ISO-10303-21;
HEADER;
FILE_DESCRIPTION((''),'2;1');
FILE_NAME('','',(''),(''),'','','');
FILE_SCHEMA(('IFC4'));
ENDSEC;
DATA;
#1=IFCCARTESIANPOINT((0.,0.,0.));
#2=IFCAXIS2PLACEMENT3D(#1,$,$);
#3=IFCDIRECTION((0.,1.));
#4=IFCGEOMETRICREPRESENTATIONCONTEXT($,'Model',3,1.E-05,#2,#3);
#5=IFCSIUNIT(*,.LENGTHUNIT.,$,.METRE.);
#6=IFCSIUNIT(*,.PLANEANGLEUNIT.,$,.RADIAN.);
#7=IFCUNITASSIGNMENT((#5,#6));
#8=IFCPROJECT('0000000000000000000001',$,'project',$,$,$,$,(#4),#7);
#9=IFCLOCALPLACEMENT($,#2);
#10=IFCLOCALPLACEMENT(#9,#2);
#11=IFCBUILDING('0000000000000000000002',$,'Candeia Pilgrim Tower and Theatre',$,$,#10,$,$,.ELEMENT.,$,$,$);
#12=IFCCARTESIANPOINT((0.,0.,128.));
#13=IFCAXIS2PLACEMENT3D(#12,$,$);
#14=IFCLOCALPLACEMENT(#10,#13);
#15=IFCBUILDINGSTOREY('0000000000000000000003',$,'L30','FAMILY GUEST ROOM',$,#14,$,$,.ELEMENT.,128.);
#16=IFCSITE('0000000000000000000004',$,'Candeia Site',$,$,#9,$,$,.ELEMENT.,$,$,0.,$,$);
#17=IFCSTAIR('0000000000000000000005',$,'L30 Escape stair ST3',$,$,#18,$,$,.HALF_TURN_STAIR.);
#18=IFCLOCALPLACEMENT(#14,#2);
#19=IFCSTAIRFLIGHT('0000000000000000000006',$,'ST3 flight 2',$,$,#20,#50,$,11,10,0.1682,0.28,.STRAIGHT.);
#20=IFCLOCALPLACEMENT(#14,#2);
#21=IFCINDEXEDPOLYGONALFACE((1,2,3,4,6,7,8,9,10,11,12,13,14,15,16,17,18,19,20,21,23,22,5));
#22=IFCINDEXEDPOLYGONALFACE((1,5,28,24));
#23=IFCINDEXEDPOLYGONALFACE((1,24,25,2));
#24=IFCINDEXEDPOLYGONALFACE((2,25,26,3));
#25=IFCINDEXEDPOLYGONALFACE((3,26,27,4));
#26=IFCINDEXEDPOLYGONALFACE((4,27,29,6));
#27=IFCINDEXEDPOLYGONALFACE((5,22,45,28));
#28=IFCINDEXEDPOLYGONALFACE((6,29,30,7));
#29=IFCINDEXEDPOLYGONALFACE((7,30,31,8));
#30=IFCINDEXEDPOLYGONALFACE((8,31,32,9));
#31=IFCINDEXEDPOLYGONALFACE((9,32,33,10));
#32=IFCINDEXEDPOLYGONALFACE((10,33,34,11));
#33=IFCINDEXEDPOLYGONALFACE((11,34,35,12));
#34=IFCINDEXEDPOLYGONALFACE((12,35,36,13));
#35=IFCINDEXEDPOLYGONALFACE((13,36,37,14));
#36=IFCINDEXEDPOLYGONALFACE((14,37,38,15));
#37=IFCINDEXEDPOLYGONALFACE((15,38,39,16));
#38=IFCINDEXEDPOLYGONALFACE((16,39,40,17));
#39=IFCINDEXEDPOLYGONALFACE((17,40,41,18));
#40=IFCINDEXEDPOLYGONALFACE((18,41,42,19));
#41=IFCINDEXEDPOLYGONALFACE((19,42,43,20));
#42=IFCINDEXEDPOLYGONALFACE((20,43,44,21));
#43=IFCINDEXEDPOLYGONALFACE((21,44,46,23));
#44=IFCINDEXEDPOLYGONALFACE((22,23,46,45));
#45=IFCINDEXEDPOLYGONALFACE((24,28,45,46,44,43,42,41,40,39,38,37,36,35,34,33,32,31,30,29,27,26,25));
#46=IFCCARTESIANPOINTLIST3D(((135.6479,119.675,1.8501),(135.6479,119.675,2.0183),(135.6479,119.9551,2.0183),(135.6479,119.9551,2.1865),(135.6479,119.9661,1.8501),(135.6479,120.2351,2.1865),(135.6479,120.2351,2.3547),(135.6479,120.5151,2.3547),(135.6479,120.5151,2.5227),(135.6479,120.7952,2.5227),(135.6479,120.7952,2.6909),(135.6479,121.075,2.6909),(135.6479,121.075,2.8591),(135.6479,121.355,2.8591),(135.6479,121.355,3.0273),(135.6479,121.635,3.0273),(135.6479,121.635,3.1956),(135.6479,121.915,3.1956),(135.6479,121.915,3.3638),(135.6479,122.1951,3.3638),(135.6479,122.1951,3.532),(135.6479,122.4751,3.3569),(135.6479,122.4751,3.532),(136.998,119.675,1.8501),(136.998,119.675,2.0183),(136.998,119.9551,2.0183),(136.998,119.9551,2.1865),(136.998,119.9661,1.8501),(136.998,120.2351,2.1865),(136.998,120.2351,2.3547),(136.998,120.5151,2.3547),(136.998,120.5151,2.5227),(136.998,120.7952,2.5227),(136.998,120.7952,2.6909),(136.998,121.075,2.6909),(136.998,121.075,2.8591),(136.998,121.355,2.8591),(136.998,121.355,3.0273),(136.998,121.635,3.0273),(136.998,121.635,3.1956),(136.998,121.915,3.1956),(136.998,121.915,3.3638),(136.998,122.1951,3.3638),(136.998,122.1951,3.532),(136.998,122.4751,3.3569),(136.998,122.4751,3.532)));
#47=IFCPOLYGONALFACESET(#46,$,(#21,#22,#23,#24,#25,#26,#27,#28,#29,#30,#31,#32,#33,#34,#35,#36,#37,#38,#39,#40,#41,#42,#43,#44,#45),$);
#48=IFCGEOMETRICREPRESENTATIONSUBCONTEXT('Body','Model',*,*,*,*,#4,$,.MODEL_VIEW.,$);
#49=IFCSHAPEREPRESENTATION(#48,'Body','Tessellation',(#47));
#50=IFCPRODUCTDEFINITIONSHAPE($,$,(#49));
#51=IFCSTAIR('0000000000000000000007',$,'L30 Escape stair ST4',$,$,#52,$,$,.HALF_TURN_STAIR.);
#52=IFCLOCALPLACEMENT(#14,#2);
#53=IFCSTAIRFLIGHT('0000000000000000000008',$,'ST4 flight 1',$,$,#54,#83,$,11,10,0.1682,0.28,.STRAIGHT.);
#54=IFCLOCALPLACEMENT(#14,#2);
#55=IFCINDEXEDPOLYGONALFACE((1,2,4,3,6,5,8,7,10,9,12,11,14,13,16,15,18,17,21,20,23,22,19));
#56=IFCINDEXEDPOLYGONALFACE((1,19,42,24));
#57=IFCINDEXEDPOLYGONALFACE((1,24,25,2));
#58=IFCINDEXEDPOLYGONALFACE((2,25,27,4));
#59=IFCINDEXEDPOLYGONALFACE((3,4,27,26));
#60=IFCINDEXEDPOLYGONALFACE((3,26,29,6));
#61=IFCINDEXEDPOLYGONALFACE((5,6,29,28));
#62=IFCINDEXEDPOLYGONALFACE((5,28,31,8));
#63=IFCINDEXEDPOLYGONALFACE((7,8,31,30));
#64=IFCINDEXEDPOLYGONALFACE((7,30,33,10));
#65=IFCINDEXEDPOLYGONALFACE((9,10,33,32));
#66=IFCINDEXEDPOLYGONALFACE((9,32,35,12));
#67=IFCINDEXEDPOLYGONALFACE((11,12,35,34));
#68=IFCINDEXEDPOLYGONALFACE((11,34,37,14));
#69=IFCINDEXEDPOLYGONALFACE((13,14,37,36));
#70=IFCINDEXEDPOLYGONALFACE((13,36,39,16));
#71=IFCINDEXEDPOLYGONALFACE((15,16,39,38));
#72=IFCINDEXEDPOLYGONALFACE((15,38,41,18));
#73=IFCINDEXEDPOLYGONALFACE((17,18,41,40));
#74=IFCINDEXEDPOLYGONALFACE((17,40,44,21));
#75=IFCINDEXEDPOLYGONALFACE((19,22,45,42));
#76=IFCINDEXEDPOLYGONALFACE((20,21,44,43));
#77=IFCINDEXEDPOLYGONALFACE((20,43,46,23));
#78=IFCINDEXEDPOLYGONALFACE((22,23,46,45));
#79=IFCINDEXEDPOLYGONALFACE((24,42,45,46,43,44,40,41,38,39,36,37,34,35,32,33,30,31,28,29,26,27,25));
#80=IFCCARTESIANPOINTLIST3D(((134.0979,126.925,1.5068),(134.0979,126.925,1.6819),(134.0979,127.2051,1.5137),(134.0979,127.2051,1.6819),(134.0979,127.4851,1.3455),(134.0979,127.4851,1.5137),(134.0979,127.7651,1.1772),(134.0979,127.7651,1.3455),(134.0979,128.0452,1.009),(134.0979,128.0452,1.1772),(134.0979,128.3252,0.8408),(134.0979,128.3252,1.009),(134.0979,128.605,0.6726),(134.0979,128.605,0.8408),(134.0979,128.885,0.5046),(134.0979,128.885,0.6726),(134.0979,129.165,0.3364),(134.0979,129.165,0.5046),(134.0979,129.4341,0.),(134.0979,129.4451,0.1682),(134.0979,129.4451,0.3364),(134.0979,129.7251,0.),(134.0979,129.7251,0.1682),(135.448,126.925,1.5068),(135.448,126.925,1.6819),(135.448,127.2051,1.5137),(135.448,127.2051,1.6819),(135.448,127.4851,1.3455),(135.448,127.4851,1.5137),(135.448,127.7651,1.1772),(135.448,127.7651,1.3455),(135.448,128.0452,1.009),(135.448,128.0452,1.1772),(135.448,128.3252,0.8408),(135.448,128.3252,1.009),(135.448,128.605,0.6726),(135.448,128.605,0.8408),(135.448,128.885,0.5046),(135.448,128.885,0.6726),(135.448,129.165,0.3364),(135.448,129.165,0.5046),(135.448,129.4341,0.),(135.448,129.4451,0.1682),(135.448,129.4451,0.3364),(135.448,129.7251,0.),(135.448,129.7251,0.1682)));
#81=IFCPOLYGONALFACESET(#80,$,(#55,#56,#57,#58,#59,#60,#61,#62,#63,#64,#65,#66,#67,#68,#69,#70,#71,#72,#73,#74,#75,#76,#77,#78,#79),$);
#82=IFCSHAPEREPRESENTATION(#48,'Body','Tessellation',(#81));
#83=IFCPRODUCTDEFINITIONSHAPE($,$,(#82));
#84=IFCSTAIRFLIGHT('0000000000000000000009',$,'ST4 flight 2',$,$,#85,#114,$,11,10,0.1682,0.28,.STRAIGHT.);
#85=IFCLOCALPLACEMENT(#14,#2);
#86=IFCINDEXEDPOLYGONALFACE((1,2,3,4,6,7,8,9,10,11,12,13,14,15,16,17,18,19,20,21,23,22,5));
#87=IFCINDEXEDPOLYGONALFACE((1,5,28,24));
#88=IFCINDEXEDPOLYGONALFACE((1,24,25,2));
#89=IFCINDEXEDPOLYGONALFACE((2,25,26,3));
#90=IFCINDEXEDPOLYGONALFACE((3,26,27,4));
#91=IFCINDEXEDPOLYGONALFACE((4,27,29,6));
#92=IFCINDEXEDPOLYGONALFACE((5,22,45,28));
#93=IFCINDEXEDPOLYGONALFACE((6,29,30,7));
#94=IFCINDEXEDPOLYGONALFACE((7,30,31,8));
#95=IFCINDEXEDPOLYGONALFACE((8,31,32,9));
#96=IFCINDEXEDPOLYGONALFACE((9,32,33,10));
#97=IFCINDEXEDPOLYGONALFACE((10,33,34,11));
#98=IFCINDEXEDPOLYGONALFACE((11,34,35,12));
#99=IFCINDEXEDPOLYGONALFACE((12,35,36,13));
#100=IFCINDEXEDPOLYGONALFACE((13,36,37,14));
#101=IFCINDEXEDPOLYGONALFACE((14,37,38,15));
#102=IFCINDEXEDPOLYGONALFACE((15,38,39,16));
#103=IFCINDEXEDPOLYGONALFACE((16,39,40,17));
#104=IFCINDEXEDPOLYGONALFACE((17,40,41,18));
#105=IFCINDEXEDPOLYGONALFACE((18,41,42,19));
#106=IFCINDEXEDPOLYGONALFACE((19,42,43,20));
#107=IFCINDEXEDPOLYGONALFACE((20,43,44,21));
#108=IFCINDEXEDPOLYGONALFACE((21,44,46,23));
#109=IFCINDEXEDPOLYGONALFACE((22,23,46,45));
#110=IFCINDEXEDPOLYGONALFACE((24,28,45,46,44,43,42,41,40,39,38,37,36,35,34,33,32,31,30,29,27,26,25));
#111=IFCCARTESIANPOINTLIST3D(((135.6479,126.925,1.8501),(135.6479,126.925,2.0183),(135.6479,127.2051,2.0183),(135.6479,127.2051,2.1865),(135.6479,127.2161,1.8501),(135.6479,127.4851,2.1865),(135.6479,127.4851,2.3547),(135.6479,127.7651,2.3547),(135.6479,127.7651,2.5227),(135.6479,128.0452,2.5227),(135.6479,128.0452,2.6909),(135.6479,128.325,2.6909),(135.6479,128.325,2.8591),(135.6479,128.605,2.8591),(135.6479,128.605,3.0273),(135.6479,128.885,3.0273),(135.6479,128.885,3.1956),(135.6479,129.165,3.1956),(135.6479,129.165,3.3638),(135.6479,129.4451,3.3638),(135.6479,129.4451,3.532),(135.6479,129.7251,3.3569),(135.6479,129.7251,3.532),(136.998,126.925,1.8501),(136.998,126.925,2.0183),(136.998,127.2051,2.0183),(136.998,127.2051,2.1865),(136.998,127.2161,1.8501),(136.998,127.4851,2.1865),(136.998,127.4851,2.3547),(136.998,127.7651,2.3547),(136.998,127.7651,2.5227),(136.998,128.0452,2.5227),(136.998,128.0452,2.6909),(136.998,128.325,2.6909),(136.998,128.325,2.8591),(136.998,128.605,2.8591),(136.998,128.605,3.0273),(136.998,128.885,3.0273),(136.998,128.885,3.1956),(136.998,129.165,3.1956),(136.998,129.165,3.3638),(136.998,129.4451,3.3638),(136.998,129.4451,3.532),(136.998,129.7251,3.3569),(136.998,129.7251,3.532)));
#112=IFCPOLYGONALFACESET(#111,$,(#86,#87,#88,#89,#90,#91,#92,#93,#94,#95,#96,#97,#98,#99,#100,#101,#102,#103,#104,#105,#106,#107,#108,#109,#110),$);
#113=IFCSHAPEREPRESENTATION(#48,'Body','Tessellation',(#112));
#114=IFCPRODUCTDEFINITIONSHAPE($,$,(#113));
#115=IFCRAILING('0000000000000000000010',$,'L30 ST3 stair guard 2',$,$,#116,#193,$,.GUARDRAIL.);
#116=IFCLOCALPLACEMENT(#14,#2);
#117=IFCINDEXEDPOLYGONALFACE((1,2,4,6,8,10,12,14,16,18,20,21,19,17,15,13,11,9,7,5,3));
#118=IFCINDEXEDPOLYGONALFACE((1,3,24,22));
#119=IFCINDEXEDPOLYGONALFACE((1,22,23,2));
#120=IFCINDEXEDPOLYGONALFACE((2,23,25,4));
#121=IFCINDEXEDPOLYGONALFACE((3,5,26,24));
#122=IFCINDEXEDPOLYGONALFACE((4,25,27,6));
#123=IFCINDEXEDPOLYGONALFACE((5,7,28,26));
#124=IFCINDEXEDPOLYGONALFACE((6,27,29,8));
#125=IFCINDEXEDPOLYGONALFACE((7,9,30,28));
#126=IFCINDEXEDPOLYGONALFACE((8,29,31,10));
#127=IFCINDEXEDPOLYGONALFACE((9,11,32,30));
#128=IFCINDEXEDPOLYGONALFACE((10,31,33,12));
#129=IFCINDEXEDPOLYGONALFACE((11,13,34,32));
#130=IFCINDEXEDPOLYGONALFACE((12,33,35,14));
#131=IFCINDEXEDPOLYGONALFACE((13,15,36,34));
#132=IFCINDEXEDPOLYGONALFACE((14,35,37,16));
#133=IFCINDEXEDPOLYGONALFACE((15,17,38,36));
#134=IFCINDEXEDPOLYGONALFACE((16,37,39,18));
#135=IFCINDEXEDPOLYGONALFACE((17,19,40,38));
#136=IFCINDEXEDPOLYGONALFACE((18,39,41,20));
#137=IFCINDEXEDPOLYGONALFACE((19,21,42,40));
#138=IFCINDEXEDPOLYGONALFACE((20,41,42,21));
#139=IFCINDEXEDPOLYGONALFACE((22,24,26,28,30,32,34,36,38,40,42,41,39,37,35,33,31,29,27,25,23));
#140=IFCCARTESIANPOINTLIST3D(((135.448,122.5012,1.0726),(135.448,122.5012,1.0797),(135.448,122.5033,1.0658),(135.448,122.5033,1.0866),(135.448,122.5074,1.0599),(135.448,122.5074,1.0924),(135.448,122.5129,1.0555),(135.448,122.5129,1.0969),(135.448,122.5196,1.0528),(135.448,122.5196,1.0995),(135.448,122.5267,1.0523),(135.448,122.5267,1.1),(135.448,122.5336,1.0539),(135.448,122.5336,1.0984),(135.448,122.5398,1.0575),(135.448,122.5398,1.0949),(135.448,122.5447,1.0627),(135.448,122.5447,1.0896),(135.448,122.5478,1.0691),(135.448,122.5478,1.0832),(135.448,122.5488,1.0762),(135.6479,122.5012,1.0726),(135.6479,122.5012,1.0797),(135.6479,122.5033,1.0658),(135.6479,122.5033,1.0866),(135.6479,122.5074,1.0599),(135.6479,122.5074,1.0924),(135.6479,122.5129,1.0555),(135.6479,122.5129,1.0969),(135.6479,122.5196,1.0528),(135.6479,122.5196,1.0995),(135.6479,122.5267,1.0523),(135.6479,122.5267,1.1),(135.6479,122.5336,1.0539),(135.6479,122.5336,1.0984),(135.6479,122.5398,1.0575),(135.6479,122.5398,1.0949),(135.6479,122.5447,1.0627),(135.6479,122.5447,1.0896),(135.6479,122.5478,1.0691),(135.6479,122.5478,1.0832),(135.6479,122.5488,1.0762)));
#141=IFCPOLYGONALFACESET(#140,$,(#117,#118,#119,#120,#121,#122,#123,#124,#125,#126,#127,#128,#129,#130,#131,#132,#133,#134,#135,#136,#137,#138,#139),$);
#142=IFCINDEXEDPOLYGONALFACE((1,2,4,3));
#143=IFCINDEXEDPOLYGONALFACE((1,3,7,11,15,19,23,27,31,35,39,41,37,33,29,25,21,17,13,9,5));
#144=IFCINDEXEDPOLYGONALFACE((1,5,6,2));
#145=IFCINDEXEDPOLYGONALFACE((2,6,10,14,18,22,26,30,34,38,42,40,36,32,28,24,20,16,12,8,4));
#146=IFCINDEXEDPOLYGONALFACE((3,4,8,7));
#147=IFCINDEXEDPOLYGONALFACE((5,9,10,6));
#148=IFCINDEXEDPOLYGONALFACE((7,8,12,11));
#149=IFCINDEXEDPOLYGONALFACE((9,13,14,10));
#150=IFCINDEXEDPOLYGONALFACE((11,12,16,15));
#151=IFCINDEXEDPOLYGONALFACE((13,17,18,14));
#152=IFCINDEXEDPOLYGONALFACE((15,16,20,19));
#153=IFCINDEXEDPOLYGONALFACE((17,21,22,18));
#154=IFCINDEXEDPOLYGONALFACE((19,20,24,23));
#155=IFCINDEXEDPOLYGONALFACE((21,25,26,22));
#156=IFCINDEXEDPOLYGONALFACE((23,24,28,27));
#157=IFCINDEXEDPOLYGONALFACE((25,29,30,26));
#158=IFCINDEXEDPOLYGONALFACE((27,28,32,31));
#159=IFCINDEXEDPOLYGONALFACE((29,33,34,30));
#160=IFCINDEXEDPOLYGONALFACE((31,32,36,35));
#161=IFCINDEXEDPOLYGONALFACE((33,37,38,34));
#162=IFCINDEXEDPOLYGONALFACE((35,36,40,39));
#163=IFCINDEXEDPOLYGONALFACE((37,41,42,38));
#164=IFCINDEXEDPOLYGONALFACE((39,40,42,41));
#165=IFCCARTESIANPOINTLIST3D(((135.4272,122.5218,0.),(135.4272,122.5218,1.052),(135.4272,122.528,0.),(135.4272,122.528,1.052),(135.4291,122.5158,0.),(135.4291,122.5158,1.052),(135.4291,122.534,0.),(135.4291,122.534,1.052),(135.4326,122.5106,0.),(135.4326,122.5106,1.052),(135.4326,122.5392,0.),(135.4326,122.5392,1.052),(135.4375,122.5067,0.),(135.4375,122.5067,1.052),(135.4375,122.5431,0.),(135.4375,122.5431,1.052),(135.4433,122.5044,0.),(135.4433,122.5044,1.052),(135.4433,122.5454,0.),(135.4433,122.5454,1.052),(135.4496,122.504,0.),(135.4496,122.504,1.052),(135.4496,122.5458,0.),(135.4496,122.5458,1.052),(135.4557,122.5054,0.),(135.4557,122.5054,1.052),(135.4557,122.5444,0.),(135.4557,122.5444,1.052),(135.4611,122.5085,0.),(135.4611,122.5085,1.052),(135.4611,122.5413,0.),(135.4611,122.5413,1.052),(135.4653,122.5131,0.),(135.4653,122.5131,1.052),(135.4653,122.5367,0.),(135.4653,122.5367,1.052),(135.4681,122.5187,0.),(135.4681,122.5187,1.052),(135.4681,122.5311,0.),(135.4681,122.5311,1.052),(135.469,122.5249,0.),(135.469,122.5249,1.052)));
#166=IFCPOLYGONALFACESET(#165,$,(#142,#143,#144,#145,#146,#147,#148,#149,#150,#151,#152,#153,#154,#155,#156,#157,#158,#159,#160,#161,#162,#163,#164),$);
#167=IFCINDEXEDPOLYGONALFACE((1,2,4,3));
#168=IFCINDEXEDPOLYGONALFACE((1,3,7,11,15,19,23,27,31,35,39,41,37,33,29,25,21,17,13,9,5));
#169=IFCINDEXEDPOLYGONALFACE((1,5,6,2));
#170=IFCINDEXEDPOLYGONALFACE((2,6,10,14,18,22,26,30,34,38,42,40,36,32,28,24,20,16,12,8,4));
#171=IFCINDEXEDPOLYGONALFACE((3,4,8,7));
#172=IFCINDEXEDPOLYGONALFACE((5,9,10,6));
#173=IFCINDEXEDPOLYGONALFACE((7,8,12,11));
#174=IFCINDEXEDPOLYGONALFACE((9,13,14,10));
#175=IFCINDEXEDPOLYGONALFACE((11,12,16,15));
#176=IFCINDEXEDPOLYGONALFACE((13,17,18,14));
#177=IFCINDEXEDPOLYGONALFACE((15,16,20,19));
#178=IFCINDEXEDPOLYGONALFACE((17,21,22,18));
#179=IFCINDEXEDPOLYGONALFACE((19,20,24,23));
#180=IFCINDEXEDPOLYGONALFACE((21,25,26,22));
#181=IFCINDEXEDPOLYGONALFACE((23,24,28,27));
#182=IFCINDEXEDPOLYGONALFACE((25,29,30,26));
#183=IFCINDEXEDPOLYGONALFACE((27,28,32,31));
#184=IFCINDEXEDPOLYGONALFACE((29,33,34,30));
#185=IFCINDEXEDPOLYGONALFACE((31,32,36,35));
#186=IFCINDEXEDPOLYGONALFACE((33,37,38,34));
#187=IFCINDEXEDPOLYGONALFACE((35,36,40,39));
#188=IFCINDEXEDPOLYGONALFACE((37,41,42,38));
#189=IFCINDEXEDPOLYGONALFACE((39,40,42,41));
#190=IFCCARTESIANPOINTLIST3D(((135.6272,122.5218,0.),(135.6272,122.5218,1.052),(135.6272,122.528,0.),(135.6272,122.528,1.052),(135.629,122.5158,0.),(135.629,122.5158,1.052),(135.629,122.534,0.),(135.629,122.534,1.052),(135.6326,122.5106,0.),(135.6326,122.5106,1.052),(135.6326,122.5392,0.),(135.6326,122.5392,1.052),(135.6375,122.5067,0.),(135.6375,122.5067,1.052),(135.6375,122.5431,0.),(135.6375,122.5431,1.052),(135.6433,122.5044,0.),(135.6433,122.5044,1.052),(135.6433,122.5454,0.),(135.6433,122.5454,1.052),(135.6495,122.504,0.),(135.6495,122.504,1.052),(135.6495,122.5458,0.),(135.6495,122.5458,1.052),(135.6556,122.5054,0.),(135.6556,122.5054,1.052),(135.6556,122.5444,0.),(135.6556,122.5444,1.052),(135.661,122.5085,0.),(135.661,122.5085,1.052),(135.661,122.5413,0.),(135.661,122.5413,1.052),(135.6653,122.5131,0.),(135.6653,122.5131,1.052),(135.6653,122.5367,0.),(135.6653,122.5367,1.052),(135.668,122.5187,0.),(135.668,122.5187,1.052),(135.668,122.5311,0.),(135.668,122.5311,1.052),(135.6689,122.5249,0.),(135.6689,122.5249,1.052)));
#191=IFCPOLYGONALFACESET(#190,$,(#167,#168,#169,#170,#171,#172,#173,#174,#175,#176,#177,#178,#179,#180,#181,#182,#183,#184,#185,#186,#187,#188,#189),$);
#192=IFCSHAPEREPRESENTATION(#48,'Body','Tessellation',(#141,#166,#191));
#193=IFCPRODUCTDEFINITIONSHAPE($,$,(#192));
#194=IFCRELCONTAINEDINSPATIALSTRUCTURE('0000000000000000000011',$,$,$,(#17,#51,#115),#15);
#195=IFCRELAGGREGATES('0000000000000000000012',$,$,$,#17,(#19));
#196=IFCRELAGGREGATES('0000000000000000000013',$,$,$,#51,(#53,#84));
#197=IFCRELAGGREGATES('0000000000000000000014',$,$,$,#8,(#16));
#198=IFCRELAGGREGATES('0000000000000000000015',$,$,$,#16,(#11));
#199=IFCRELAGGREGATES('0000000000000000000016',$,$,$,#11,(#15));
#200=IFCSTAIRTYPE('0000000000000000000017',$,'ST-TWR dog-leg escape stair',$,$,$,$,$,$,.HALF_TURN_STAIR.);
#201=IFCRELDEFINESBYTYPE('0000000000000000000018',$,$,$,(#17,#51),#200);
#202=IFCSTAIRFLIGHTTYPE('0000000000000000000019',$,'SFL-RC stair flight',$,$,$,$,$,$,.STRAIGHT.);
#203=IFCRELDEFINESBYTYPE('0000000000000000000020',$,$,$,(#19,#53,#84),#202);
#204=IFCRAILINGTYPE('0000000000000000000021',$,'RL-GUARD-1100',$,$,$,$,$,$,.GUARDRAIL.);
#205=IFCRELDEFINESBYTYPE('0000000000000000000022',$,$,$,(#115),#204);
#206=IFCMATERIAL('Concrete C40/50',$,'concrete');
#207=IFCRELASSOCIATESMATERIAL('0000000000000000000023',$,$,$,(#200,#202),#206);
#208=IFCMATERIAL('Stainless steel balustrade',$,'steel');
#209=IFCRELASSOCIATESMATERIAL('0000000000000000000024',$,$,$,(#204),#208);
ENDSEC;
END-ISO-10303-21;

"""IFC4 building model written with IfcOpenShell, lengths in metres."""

from ifc_helpers import new_model, si_unit, direction, frame, origin, origin_2d, place, context, subcontext, project, spatial, polyline, circle, outline, extrude, material, type_object, element, aggregate, save


model = new_model("IFC4")

# Units and contexts
model_context = context("Model", 3, precision=1e-05, world=origin(), true_north=direction((0.0, 1.0)))
body_context = subcontext(model_context, "Body", "Model", "MODEL_VIEW")
ifc_project = project(units=[si_unit("LENGTHUNIT", "METRE"), si_unit("PLANEANGLEUNIT", "RADIAN")], contexts=[model_context])

# Site, building, storey
site_placement = place(None, origin())
site = spatial("IfcSite", under=ifc_project, at=site_placement, Name="Candeia Site", CompositionType="ELEMENT", RefElevation=0.0)
building_placement = place(site_placement, origin())
building = spatial("IfcBuilding", under=site, at=building_placement, Name="Candeia Pilgrim Tower and Theatre", CompositionType="ELEMENT")
storey_placement = place(building_placement, frame((0.0, 0.0, 128.0)))
storey = spatial("IfcBuildingStorey", under=building, at=storey_placement, Name="L30", Description="FAMILY GUEST ROOM", CompositionType="ELEMENT", Elevation=128.0)

# Shared definitions
ifc_material_1 = material(Name="Concrete C40/50", Category="concrete")

# Stairs, stair flights
stair_type = type_object("IfcStairType", Name="ST-TWR dog-leg escape stair", PredefinedType="HALF_TURN_STAIR", material=ifc_material_1)
stair_1_placement = place(storey_placement, origin())
stair_1 = element("IfcStair", 1, at=stair_1_placement, inside=storey, type_object=stair_type, Name="L30 Escape stair ST3", PredefinedType="HALF_TURN_STAIR")
stair_flight_type = type_object("IfcStairFlightType", Name="SFL-RC stair flight", PredefinedType="STRAIGHT", material=ifc_material_1)
stair_flight_1_placement = place(storey_placement, frame((136.323, 119.675, 1.8501), z_axis=(0.0, 0.0, 1.0), x_axis=(0.0, 1.0, 0.0)))
stair_flight_1 = element("IfcStairFlight", 2, at=stair_flight_1_placement, type_object=stair_flight_type, Name="ST3 flight 2", NumberOfRisers=11, NumberOfTreads=10, PredefinedType="STRAIGHT", RiserHeight=0.1682, TreadLength=0.28, context=body_context, shape_type="SweptSolid", body=[
    extrude(outline(polyline([(0.0, 0.0), (0.0, 0.1682), (0.28, 0.1682), (0.28, 0.3364), (0.5601, 0.3364), (0.5601, 0.5046), (0.8401, 0.5046), (0.8401, 0.6726), (1.1201, 0.6726), (1.1201, 0.8408), (1.3999, 0.8408), (1.3999, 1.009), (1.6799, 1.009), (1.6799, 1.1772), (1.96, 1.1772), (1.96, 1.3455), (2.24, 1.3455), (2.24, 1.5137), (2.52, 1.5137), (2.52, 1.6819), (2.8, 1.6819), (2.8, 1.8501), (2.8, 1.5068), (0.291, 0.0), (0.0, 0.0)])), frame((0.0, 0.675, 0.0), z_axis=(0.0, -1.0, 0.0), x_axis=(1.0, 0.0, 0.0)), (0.0, 0.0, 1.0), 1.3501),
])
aggregate(stair_1, [stair_flight_1])
stair_2_placement = place(storey_placement, origin())
stair_2 = element("IfcStair", 3, at=stair_2_placement, inside=storey, type_object=stair_type, Name="L30 Escape stair ST4", PredefinedType="HALF_TURN_STAIR")
stair_flight_2_placement = place(storey_placement, frame((134.7729, 129.7251, 0.0), z_axis=(0.0, 0.0, 1.0), x_axis=(0.0, -1.0, 0.0)))
stair_flight_2 = element("IfcStairFlight", 4, at=stair_flight_2_placement, type_object=stair_flight_type, Name="ST4 flight 1", NumberOfRisers=11, NumberOfTreads=10, PredefinedType="STRAIGHT", RiserHeight=0.1682, TreadLength=0.28, context=body_context, shape_type="SweptSolid", body=[
    extrude(outline(polyline([(0.0, 0.0), (0.0, 0.1682), (0.28, 0.1682), (0.28, 0.3364), (0.5601, 0.3364), (0.5601, 0.5046), (0.8401, 0.5046), (0.8401, 0.6726), (1.1201, 0.6726), (1.1201, 0.8408), (1.3999, 0.8408), (1.3999, 1.009), (1.6799, 1.009), (1.6799, 1.1772), (1.96, 1.1772), (1.96, 1.3455), (2.24, 1.3455), (2.24, 1.5137), (2.52, 1.5137), (2.52, 1.6819), (2.8, 1.6819), (2.8, 1.8501), (2.8, 1.5068), (0.291, 0.0), (0.0, 0.0)])), frame((0.0, 0.675, 0.0), z_axis=(0.0, -1.0, 0.0), x_axis=(1.0, 0.0, 0.0)), (0.0, 0.0, 1.0), 1.3501),
])
stair_flight_3_placement = place(storey_placement, frame((136.323, 126.925, 1.8501), z_axis=(0.0, 0.0, 1.0), x_axis=(0.0, 1.0, 0.0)))
stair_flight_3 = element("IfcStairFlight", 5, at=stair_flight_3_placement, type_object=stair_flight_type, Name="ST4 flight 2", NumberOfRisers=11, NumberOfTreads=10, PredefinedType="STRAIGHT", RiserHeight=0.1682, TreadLength=0.28, context=body_context, shape_type="SweptSolid", body=[
    extrude(outline(polyline([(0.0, 0.0), (0.0, 0.1682), (0.28, 0.1682), (0.28, 0.3364), (0.5601, 0.3364), (0.5601, 0.5046), (0.8401, 0.5046), (0.8401, 0.6726), (1.1201, 0.6726), (1.1201, 0.8408), (1.3999, 0.8408), (1.3999, 1.009), (1.6799, 1.009), (1.6799, 1.1772), (1.96, 1.1772), (1.96, 1.3455), (2.24, 1.3455), (2.24, 1.5137), (2.52, 1.5137), (2.52, 1.6819), (2.8, 1.6819), (2.8, 1.8501), (2.8, 1.5068), (0.291, 0.0), (0.0, 0.0)])), frame((0.0, 0.675, 0.0), z_axis=(0.0, -1.0, 0.0), x_axis=(1.0, 0.0, 0.0)), (0.0, 0.0, 1.0), 1.3501),
])
aggregate(stair_2, [stair_flight_2, stair_flight_3])

# Railing
ifc_material_2 = material(Name="Stainless steel balustrade", Category="steel")
railing_type_1 = type_object("IfcRailingType", Name="RL-GUARD-1100", PredefinedType="GUARDRAIL", material=ifc_material_2)
railing_1_placement = place(storey_placement, frame((135.448, 122.5249, 0.0)))
element("IfcRailing", 6, at=railing_1_placement, inside=storey, type_object=railing_type_1, Name="L30 ST3 stair guard 2", PredefinedType="GUARDRAIL", context=body_context, shape_type="SweptSolid", body=[
    extrude(circle(Radius=0.0239, at=origin_2d()), frame((0.0, 0.0, 1.0762), z_axis=(1.0, 0.0, 0.0), x_axis=(0.0, 1.0, 0.0)), (0.0, 0.0, 1.0), 0.2),
    extrude(circle(Radius=0.021, at=origin_2d()), origin(), (0.0, 0.0, 1.0), 1.052),
    extrude(circle(Radius=0.021, at=origin_2d()), frame((0.2, 0.0, 0.0)), (0.0, 0.0, 1.0), 1.052),
])

save(model, "model.ifc")
